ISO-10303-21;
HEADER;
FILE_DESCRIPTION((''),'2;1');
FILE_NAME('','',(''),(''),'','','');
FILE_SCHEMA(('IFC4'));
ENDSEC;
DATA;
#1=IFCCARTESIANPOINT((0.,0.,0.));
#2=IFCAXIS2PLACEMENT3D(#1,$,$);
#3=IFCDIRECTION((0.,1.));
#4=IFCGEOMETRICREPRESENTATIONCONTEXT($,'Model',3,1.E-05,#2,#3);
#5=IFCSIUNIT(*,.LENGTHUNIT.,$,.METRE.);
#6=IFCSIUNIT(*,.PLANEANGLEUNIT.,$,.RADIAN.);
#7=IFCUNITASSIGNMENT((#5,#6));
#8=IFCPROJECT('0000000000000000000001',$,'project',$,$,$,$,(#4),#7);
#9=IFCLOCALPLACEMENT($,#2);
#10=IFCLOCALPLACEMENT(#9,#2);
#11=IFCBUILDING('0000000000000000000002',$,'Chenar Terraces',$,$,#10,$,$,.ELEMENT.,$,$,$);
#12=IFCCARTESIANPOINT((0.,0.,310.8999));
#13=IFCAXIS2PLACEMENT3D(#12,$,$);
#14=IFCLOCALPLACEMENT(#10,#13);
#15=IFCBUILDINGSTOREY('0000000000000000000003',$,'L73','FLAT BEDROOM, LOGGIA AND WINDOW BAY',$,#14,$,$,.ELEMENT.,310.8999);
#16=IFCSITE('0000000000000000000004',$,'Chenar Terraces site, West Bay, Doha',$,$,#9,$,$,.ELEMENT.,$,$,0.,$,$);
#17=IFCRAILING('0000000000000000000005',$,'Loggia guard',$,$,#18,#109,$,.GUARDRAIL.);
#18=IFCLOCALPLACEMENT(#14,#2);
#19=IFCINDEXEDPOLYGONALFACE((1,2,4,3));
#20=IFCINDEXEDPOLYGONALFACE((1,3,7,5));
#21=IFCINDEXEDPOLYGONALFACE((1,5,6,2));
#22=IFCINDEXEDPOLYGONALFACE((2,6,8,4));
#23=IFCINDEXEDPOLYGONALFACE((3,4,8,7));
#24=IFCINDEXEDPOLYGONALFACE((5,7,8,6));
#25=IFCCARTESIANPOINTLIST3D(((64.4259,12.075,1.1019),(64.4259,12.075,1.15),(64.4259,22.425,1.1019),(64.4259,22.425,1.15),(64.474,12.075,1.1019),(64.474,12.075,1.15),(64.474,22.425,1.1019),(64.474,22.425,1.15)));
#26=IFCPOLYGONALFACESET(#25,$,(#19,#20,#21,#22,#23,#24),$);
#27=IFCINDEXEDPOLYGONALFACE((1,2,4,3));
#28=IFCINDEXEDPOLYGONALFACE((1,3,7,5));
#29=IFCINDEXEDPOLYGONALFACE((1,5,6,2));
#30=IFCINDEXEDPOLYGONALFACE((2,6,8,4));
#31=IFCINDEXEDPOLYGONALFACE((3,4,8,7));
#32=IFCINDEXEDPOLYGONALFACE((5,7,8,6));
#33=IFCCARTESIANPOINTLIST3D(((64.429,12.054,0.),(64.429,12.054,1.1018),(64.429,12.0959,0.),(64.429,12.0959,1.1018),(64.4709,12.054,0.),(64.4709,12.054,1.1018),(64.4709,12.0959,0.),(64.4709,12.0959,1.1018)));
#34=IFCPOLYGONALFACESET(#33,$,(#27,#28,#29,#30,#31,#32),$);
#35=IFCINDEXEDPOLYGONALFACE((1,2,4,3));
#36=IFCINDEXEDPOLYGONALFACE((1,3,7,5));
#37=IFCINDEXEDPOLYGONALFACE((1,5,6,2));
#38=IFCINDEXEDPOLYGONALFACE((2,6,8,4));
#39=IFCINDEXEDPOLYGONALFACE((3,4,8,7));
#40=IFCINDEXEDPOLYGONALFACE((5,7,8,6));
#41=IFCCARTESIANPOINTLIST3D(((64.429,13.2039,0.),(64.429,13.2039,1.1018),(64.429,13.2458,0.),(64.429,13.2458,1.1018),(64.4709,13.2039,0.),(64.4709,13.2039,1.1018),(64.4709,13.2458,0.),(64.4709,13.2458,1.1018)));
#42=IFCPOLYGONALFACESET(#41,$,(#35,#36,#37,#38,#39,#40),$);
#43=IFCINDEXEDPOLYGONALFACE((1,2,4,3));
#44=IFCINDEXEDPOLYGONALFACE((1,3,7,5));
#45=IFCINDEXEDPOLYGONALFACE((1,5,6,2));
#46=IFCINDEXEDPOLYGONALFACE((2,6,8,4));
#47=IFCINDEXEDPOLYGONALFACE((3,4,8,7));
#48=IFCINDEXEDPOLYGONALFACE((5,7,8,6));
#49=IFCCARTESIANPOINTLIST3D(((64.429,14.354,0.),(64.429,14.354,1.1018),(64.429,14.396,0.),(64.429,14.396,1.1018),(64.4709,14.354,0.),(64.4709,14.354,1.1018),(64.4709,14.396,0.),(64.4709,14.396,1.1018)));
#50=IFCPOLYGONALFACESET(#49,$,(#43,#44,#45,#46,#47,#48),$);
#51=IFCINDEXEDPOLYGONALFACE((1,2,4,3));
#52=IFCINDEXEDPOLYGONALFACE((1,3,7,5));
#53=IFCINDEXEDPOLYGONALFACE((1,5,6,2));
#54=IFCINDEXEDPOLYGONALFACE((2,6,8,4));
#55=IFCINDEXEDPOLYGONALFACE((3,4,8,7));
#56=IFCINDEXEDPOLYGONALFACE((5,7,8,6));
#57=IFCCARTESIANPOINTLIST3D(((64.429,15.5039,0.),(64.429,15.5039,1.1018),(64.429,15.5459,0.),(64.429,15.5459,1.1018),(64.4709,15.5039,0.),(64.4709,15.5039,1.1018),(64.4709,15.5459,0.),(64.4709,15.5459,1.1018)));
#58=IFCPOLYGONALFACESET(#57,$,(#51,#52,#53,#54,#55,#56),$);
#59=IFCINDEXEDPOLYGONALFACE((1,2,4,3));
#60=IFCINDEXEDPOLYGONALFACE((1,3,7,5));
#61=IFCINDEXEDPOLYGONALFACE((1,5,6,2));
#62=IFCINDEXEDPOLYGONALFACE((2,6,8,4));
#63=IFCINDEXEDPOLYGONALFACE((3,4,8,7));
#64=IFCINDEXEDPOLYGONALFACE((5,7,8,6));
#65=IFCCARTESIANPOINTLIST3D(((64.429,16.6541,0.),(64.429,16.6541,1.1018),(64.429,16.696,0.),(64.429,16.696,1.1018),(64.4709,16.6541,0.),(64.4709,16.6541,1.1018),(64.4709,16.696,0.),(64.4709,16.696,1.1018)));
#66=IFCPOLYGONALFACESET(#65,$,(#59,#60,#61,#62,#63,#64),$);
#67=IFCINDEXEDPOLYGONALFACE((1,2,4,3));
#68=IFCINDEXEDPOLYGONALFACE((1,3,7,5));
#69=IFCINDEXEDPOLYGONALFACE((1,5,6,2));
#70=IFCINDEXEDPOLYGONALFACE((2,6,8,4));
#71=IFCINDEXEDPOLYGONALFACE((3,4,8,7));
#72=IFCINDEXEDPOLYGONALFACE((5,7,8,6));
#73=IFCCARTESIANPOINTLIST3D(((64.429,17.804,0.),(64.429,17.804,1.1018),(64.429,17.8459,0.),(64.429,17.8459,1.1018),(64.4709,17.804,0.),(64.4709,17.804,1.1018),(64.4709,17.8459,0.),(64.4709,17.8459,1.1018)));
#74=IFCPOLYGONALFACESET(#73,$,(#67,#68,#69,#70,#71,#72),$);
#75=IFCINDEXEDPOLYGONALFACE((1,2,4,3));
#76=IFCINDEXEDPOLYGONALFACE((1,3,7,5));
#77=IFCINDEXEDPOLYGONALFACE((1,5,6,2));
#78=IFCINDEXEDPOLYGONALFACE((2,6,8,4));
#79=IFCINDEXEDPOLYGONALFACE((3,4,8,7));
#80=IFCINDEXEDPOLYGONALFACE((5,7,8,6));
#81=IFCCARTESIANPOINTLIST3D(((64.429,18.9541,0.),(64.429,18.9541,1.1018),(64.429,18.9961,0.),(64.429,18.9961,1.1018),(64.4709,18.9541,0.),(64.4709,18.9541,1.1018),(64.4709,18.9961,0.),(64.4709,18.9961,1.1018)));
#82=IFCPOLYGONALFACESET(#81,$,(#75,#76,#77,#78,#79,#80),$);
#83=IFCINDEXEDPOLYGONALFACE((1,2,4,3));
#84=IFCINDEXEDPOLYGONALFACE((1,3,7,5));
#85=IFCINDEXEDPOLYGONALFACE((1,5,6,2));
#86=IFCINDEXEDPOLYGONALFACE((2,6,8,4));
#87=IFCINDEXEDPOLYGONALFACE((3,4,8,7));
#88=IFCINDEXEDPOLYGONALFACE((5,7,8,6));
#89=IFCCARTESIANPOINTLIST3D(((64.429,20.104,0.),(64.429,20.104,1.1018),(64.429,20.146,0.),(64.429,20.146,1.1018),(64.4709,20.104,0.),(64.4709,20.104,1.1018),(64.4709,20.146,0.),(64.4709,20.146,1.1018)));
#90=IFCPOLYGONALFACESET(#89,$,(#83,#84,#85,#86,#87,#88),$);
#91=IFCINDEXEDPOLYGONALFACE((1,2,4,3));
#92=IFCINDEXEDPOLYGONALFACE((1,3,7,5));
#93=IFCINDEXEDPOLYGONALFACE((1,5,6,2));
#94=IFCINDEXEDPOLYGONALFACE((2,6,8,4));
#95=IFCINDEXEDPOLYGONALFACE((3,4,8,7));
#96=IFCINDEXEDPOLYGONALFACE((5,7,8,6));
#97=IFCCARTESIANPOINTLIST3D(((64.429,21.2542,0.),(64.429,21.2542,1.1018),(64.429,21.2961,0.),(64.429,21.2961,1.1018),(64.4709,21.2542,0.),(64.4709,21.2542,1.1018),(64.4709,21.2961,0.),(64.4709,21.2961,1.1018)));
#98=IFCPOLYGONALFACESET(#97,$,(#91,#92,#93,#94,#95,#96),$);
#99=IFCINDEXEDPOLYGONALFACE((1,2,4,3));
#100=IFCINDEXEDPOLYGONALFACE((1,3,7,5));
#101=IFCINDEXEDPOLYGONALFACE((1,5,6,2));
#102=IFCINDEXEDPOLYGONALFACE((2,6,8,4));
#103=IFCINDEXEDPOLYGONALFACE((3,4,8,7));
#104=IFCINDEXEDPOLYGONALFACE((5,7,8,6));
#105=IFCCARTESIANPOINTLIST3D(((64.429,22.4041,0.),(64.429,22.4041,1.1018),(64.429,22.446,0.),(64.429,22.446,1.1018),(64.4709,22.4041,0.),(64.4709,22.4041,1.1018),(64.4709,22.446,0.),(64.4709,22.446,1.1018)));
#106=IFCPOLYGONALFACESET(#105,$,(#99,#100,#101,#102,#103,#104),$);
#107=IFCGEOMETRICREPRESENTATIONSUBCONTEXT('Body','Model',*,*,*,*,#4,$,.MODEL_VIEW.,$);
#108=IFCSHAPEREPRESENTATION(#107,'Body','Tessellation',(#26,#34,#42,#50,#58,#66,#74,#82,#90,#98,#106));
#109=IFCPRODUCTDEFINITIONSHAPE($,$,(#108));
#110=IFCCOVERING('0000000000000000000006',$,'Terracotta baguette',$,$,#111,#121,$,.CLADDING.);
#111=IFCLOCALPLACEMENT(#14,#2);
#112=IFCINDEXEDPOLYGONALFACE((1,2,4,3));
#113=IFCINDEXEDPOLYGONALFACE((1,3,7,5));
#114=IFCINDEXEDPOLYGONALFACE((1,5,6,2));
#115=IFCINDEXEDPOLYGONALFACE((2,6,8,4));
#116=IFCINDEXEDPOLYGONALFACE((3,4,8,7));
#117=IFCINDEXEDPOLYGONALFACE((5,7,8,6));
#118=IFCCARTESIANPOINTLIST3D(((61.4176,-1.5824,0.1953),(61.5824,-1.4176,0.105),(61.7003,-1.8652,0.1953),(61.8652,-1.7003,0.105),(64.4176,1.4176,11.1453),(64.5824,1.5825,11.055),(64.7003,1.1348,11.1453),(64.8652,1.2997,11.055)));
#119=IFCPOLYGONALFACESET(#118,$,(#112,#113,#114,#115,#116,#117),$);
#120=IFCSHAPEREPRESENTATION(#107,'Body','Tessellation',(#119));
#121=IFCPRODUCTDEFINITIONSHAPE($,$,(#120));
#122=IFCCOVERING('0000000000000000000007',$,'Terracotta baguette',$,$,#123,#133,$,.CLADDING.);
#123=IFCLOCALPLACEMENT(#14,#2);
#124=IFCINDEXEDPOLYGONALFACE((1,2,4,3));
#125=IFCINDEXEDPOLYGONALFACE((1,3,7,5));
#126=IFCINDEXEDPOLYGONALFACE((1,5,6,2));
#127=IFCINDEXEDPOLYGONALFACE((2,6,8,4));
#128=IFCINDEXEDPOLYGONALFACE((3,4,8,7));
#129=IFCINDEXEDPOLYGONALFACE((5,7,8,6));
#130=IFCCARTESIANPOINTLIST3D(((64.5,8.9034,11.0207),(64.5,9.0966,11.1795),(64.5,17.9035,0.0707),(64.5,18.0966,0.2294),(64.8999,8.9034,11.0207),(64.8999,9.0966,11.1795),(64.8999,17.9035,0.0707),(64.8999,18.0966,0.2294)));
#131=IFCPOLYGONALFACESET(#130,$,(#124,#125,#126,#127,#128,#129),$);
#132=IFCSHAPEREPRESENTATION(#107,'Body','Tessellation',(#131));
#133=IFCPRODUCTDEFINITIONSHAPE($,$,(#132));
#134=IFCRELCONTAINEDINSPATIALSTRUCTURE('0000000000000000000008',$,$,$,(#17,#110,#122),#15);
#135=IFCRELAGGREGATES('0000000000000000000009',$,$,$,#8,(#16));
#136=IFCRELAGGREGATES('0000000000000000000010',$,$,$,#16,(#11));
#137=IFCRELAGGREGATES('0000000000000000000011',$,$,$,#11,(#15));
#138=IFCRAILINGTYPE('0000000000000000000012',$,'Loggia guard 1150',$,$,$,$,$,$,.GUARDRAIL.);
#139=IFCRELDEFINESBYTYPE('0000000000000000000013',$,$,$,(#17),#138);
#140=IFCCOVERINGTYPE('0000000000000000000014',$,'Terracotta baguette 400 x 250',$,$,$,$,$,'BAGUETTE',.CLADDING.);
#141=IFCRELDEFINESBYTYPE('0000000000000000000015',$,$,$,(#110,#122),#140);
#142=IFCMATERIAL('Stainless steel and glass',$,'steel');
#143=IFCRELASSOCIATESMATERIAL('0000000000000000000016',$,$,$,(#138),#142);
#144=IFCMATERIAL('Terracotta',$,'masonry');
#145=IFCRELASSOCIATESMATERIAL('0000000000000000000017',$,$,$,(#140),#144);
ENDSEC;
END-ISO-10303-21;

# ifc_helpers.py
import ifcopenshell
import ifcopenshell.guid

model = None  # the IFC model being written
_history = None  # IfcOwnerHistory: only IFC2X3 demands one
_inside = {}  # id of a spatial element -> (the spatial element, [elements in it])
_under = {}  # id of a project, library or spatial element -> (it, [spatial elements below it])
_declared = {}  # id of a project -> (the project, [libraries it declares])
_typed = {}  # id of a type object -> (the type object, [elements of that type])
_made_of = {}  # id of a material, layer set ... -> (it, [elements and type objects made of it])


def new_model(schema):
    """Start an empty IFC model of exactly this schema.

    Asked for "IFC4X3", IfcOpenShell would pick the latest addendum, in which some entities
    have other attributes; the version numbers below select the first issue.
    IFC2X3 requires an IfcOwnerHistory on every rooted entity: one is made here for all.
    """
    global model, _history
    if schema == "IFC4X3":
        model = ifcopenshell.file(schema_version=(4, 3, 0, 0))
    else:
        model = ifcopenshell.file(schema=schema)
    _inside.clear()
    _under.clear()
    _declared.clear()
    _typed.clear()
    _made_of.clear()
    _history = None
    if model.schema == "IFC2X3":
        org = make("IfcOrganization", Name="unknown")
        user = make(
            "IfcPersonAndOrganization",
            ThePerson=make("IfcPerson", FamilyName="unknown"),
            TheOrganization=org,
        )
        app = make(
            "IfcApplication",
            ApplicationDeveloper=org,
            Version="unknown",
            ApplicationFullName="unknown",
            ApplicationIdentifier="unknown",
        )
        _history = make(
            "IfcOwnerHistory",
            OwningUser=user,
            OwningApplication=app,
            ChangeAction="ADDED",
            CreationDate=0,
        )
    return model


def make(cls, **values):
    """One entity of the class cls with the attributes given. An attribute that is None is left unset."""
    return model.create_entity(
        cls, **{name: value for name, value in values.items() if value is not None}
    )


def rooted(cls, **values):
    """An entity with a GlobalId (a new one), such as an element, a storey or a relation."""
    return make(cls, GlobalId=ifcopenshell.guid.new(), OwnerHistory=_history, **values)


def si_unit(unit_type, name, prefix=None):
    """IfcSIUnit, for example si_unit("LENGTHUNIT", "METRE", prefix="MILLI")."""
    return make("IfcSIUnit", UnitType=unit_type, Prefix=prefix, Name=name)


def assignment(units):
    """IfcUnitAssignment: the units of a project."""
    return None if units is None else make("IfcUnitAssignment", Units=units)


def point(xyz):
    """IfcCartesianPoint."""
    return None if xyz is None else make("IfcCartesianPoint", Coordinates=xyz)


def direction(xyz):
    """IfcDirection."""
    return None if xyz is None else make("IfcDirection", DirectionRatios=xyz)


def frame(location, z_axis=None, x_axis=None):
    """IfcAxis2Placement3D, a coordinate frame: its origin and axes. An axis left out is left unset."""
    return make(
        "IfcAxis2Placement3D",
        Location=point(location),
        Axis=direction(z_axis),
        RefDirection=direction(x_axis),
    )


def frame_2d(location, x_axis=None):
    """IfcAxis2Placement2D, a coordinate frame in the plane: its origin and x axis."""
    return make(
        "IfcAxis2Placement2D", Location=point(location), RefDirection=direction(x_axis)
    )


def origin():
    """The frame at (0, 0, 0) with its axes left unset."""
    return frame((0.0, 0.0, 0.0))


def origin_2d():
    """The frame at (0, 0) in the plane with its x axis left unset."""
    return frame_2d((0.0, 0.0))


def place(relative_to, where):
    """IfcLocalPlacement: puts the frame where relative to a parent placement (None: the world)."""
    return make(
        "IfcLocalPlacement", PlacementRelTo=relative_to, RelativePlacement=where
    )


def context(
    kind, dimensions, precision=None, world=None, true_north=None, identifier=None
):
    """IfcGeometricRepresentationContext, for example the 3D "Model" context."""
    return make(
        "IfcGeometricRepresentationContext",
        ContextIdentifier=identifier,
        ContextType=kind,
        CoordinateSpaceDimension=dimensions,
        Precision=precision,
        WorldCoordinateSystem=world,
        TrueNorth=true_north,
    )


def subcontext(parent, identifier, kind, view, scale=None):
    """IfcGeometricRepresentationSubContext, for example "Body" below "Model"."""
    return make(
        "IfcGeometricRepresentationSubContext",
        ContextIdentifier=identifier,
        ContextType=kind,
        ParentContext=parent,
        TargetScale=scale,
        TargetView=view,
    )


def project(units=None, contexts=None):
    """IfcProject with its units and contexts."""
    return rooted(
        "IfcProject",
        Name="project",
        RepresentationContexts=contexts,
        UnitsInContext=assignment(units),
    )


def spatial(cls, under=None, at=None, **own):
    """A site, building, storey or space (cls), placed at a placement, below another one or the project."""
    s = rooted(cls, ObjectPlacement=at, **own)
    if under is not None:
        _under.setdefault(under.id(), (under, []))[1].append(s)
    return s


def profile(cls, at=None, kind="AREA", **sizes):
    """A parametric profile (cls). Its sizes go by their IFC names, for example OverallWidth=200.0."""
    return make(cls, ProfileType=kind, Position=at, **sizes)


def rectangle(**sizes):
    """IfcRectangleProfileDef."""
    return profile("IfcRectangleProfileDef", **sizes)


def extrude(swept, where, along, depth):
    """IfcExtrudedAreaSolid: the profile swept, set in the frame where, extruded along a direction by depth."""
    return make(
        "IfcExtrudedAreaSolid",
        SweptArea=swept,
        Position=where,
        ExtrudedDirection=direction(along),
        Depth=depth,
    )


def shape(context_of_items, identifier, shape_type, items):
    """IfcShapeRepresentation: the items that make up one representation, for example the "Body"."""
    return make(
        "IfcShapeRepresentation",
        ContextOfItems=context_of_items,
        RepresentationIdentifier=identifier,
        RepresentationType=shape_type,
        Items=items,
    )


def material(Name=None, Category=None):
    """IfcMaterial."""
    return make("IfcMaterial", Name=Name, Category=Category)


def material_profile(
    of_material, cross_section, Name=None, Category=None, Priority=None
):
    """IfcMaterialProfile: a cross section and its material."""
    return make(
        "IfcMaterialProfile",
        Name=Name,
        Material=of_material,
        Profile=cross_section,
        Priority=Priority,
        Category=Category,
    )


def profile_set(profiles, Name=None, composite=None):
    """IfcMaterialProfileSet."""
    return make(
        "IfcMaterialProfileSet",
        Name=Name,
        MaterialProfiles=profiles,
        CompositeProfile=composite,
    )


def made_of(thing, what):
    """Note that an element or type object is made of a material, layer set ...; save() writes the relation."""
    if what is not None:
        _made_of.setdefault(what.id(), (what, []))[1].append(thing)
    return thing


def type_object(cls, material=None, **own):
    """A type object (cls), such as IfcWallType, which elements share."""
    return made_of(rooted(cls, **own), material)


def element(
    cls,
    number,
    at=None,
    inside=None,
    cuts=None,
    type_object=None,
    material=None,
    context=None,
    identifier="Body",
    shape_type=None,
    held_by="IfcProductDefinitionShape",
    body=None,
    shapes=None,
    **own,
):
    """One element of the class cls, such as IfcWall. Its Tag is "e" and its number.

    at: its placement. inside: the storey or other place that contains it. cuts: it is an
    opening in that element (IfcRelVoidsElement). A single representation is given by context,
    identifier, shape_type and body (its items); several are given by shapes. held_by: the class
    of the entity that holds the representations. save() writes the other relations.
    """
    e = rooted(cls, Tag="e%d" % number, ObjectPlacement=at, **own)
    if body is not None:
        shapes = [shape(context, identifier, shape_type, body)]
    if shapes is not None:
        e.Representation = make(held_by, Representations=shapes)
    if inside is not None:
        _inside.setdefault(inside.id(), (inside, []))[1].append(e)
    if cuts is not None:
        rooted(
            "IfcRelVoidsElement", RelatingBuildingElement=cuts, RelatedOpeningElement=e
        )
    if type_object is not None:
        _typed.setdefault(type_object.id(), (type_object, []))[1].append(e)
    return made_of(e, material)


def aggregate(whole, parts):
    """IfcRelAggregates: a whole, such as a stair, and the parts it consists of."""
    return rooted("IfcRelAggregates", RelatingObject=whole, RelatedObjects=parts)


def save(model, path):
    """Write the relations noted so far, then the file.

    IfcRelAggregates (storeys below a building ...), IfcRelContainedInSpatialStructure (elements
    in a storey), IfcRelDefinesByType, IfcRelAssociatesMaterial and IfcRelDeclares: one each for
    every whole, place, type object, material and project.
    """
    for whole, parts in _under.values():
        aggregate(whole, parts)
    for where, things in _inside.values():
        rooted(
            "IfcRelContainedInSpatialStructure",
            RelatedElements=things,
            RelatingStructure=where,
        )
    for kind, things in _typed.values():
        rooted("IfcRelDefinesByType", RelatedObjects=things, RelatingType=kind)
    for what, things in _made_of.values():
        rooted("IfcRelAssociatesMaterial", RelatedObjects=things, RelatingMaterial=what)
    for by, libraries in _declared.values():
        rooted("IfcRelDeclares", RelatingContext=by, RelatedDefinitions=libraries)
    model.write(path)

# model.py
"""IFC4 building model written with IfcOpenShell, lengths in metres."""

from ifc_helpers import new_model, si_unit, direction, frame, origin, origin_2d, place, context, subcontext, project, spatial, rectangle, extrude, material, material_profile, profile_set, type_object, element, save


model = new_model("IFC4")

# Units and contexts
model_context = context("Model", 3, precision=1e-05, world=origin(), true_north=direction((0.0, 1.0)))
body_context = subcontext(model_context, "Body", "Model", "MODEL_VIEW")
ifc_project = project(units=[si_unit("LENGTHUNIT", "METRE"), si_unit("PLANEANGLEUNIT", "RADIAN")], contexts=[model_context])

# Site, building, storey
site_placement = place(None, origin())
site = spatial("IfcSite", under=ifc_project, at=site_placement, Name="Chenar Terraces site, West Bay, Doha", CompositionType="ELEMENT", RefElevation=0.0)
building_placement = place(site_placement, origin())
building = spatial("IfcBuilding", under=site, at=building_placement, Name="Chenar Terraces", CompositionType="ELEMENT")
storey_placement = place(building_placement, frame((0.0, 0.0, 310.8999)))
storey = spatial("IfcBuildingStorey", under=building, at=storey_placement, Name="L73", Description="FLAT BEDROOM, LOGGIA AND WINDOW BAY", CompositionType="ELEMENT", Elevation=310.8999)

# Railing
ifc_material_1 = material(Name="Stainless steel and glass", Category="steel")
railing_type = type_object("IfcRailingType", Name="Loggia guard 1150", PredefinedType="GUARDRAIL", material=ifc_material_1)
railing_placement = place(storey_placement, frame((64.45, 12.075, 0.0)))
element("IfcRailing", 1, at=railing_placement, inside=storey, type_object=railing_type, Name="Loggia guard", PredefinedType="GUARDRAIL", context=body_context, shape_type="SweptSolid", body=[
    extrude(rectangle(XDim=0.0481, YDim=0.0481, at=origin_2d()), frame((0.0, 0.0, 1.126), z_axis=(0.0, 1.0, 0.0), x_axis=(-1.0, 0.0, 0.0)), (0.0, 0.0, 1.0), 10.3501),
    extrude(rectangle(XDim=0.042, YDim=0.042, at=origin_2d()), origin(), (0.0, 0.0, 1.0), 1.1018),
    extrude(rectangle(XDim=0.042, YDim=0.042, at=origin_2d()), frame((0.0, 1.1499, 0.0)), (0.0, 0.0, 1.0), 1.1018),
    extrude(rectangle(XDim=0.042, YDim=0.042, at=origin_2d()), frame((0.0, 2.3, 0.0)), (0.0, 0.0, 1.0), 1.1018),
    extrude(rectangle(XDim=0.042, YDim=0.042, at=origin_2d()), frame((0.0, 3.45, 0.0)), (0.0, 0.0, 1.0), 1.1018),
    extrude(rectangle(XDim=0.042, YDim=0.042, at=origin_2d()), frame((0.0, 4.6001, 0.0)), (0.0, 0.0, 1.0), 1.1018),
    extrude(rectangle(XDim=0.042, YDim=0.042, at=origin_2d()), frame((0.0, 5.75, 0.0)), (0.0, 0.0, 1.0), 1.1018),
    extrude(rectangle(XDim=0.042, YDim=0.042, at=origin_2d()), frame((0.0, 6.9001, 0.0)), (0.0, 0.0, 1.0), 1.1018),
    extrude(rectangle(XDim=0.042, YDim=0.042, at=origin_2d()), frame((0.0, 8.05, 0.0)), (0.0, 0.0, 1.0), 1.1018),
    extrude(rectangle(XDim=0.042, YDim=0.042, at=origin_2d()), frame((0.0, 9.2002, 0.0)), (0.0, 0.0, 1.0), 1.1018),
    extrude(rectangle(XDim=0.042, YDim=0.042, at=origin_2d()), frame((0.0, 10.3501, 0.0)), (0.0, 0.0, 1.0), 1.1018),
])

# Coverings
ifc_material_2 = material(Name="Terracotta", Category="masonry")
ifc_material_profile_1 = material_profile(ifc_material_2, rectangle(XDim=0.3999, YDim=0.25, at=origin_2d()), Name="Terracotta baguette 400 x 250")
ifc_profile_set_1 = profile_set([ifc_material_profile_1], Name="Terracotta")
covering_type = type_object("IfcCoveringType", Name="Terracotta baguette 400 x 250", ElementType="BAGUETTE", PredefinedType="CLADDING", material=ifc_profile_set_1)
covering_1_placement = place(storey_placement, frame((61.6414, -1.6414, 0.1501), z_axis=(0.255468, 0.255468, 0.932455), x_axis=(-0.707107, 0.707107, 0.0)))
element("IfcCovering", 2, at=covering_1_placement, inside=storey, type_object=covering_type, Name="Terracotta baguette", PredefinedType="CLADDING", context=body_context, shape_type="SweptSolid", body=[
    extrude(rectangle(XDim=0.3999, YDim=0.25, at=origin_2d()), origin(), (0.0, 0.0, 1.0), 11.7432),
])
covering_2_placement = place(storey_placement, frame((64.7, 9.0, 11.1001), z_axis=(0.0, 0.634967, -0.772539), x_axis=(-1.0, 0.0, 0.0)))
element("IfcCovering", 3, at=covering_2_placement, inside=storey, type_object=covering_type, Name="Terracotta baguette", PredefinedType="CLADDING", context=body_context, shape_type="SweptSolid", body=[
    extrude(rectangle(XDim=0.3999, YDim=0.25, at=origin_2d()), origin(), (0.0, 0.0, 1.0), 14.1741),
])

save(model, "model.ifc")
